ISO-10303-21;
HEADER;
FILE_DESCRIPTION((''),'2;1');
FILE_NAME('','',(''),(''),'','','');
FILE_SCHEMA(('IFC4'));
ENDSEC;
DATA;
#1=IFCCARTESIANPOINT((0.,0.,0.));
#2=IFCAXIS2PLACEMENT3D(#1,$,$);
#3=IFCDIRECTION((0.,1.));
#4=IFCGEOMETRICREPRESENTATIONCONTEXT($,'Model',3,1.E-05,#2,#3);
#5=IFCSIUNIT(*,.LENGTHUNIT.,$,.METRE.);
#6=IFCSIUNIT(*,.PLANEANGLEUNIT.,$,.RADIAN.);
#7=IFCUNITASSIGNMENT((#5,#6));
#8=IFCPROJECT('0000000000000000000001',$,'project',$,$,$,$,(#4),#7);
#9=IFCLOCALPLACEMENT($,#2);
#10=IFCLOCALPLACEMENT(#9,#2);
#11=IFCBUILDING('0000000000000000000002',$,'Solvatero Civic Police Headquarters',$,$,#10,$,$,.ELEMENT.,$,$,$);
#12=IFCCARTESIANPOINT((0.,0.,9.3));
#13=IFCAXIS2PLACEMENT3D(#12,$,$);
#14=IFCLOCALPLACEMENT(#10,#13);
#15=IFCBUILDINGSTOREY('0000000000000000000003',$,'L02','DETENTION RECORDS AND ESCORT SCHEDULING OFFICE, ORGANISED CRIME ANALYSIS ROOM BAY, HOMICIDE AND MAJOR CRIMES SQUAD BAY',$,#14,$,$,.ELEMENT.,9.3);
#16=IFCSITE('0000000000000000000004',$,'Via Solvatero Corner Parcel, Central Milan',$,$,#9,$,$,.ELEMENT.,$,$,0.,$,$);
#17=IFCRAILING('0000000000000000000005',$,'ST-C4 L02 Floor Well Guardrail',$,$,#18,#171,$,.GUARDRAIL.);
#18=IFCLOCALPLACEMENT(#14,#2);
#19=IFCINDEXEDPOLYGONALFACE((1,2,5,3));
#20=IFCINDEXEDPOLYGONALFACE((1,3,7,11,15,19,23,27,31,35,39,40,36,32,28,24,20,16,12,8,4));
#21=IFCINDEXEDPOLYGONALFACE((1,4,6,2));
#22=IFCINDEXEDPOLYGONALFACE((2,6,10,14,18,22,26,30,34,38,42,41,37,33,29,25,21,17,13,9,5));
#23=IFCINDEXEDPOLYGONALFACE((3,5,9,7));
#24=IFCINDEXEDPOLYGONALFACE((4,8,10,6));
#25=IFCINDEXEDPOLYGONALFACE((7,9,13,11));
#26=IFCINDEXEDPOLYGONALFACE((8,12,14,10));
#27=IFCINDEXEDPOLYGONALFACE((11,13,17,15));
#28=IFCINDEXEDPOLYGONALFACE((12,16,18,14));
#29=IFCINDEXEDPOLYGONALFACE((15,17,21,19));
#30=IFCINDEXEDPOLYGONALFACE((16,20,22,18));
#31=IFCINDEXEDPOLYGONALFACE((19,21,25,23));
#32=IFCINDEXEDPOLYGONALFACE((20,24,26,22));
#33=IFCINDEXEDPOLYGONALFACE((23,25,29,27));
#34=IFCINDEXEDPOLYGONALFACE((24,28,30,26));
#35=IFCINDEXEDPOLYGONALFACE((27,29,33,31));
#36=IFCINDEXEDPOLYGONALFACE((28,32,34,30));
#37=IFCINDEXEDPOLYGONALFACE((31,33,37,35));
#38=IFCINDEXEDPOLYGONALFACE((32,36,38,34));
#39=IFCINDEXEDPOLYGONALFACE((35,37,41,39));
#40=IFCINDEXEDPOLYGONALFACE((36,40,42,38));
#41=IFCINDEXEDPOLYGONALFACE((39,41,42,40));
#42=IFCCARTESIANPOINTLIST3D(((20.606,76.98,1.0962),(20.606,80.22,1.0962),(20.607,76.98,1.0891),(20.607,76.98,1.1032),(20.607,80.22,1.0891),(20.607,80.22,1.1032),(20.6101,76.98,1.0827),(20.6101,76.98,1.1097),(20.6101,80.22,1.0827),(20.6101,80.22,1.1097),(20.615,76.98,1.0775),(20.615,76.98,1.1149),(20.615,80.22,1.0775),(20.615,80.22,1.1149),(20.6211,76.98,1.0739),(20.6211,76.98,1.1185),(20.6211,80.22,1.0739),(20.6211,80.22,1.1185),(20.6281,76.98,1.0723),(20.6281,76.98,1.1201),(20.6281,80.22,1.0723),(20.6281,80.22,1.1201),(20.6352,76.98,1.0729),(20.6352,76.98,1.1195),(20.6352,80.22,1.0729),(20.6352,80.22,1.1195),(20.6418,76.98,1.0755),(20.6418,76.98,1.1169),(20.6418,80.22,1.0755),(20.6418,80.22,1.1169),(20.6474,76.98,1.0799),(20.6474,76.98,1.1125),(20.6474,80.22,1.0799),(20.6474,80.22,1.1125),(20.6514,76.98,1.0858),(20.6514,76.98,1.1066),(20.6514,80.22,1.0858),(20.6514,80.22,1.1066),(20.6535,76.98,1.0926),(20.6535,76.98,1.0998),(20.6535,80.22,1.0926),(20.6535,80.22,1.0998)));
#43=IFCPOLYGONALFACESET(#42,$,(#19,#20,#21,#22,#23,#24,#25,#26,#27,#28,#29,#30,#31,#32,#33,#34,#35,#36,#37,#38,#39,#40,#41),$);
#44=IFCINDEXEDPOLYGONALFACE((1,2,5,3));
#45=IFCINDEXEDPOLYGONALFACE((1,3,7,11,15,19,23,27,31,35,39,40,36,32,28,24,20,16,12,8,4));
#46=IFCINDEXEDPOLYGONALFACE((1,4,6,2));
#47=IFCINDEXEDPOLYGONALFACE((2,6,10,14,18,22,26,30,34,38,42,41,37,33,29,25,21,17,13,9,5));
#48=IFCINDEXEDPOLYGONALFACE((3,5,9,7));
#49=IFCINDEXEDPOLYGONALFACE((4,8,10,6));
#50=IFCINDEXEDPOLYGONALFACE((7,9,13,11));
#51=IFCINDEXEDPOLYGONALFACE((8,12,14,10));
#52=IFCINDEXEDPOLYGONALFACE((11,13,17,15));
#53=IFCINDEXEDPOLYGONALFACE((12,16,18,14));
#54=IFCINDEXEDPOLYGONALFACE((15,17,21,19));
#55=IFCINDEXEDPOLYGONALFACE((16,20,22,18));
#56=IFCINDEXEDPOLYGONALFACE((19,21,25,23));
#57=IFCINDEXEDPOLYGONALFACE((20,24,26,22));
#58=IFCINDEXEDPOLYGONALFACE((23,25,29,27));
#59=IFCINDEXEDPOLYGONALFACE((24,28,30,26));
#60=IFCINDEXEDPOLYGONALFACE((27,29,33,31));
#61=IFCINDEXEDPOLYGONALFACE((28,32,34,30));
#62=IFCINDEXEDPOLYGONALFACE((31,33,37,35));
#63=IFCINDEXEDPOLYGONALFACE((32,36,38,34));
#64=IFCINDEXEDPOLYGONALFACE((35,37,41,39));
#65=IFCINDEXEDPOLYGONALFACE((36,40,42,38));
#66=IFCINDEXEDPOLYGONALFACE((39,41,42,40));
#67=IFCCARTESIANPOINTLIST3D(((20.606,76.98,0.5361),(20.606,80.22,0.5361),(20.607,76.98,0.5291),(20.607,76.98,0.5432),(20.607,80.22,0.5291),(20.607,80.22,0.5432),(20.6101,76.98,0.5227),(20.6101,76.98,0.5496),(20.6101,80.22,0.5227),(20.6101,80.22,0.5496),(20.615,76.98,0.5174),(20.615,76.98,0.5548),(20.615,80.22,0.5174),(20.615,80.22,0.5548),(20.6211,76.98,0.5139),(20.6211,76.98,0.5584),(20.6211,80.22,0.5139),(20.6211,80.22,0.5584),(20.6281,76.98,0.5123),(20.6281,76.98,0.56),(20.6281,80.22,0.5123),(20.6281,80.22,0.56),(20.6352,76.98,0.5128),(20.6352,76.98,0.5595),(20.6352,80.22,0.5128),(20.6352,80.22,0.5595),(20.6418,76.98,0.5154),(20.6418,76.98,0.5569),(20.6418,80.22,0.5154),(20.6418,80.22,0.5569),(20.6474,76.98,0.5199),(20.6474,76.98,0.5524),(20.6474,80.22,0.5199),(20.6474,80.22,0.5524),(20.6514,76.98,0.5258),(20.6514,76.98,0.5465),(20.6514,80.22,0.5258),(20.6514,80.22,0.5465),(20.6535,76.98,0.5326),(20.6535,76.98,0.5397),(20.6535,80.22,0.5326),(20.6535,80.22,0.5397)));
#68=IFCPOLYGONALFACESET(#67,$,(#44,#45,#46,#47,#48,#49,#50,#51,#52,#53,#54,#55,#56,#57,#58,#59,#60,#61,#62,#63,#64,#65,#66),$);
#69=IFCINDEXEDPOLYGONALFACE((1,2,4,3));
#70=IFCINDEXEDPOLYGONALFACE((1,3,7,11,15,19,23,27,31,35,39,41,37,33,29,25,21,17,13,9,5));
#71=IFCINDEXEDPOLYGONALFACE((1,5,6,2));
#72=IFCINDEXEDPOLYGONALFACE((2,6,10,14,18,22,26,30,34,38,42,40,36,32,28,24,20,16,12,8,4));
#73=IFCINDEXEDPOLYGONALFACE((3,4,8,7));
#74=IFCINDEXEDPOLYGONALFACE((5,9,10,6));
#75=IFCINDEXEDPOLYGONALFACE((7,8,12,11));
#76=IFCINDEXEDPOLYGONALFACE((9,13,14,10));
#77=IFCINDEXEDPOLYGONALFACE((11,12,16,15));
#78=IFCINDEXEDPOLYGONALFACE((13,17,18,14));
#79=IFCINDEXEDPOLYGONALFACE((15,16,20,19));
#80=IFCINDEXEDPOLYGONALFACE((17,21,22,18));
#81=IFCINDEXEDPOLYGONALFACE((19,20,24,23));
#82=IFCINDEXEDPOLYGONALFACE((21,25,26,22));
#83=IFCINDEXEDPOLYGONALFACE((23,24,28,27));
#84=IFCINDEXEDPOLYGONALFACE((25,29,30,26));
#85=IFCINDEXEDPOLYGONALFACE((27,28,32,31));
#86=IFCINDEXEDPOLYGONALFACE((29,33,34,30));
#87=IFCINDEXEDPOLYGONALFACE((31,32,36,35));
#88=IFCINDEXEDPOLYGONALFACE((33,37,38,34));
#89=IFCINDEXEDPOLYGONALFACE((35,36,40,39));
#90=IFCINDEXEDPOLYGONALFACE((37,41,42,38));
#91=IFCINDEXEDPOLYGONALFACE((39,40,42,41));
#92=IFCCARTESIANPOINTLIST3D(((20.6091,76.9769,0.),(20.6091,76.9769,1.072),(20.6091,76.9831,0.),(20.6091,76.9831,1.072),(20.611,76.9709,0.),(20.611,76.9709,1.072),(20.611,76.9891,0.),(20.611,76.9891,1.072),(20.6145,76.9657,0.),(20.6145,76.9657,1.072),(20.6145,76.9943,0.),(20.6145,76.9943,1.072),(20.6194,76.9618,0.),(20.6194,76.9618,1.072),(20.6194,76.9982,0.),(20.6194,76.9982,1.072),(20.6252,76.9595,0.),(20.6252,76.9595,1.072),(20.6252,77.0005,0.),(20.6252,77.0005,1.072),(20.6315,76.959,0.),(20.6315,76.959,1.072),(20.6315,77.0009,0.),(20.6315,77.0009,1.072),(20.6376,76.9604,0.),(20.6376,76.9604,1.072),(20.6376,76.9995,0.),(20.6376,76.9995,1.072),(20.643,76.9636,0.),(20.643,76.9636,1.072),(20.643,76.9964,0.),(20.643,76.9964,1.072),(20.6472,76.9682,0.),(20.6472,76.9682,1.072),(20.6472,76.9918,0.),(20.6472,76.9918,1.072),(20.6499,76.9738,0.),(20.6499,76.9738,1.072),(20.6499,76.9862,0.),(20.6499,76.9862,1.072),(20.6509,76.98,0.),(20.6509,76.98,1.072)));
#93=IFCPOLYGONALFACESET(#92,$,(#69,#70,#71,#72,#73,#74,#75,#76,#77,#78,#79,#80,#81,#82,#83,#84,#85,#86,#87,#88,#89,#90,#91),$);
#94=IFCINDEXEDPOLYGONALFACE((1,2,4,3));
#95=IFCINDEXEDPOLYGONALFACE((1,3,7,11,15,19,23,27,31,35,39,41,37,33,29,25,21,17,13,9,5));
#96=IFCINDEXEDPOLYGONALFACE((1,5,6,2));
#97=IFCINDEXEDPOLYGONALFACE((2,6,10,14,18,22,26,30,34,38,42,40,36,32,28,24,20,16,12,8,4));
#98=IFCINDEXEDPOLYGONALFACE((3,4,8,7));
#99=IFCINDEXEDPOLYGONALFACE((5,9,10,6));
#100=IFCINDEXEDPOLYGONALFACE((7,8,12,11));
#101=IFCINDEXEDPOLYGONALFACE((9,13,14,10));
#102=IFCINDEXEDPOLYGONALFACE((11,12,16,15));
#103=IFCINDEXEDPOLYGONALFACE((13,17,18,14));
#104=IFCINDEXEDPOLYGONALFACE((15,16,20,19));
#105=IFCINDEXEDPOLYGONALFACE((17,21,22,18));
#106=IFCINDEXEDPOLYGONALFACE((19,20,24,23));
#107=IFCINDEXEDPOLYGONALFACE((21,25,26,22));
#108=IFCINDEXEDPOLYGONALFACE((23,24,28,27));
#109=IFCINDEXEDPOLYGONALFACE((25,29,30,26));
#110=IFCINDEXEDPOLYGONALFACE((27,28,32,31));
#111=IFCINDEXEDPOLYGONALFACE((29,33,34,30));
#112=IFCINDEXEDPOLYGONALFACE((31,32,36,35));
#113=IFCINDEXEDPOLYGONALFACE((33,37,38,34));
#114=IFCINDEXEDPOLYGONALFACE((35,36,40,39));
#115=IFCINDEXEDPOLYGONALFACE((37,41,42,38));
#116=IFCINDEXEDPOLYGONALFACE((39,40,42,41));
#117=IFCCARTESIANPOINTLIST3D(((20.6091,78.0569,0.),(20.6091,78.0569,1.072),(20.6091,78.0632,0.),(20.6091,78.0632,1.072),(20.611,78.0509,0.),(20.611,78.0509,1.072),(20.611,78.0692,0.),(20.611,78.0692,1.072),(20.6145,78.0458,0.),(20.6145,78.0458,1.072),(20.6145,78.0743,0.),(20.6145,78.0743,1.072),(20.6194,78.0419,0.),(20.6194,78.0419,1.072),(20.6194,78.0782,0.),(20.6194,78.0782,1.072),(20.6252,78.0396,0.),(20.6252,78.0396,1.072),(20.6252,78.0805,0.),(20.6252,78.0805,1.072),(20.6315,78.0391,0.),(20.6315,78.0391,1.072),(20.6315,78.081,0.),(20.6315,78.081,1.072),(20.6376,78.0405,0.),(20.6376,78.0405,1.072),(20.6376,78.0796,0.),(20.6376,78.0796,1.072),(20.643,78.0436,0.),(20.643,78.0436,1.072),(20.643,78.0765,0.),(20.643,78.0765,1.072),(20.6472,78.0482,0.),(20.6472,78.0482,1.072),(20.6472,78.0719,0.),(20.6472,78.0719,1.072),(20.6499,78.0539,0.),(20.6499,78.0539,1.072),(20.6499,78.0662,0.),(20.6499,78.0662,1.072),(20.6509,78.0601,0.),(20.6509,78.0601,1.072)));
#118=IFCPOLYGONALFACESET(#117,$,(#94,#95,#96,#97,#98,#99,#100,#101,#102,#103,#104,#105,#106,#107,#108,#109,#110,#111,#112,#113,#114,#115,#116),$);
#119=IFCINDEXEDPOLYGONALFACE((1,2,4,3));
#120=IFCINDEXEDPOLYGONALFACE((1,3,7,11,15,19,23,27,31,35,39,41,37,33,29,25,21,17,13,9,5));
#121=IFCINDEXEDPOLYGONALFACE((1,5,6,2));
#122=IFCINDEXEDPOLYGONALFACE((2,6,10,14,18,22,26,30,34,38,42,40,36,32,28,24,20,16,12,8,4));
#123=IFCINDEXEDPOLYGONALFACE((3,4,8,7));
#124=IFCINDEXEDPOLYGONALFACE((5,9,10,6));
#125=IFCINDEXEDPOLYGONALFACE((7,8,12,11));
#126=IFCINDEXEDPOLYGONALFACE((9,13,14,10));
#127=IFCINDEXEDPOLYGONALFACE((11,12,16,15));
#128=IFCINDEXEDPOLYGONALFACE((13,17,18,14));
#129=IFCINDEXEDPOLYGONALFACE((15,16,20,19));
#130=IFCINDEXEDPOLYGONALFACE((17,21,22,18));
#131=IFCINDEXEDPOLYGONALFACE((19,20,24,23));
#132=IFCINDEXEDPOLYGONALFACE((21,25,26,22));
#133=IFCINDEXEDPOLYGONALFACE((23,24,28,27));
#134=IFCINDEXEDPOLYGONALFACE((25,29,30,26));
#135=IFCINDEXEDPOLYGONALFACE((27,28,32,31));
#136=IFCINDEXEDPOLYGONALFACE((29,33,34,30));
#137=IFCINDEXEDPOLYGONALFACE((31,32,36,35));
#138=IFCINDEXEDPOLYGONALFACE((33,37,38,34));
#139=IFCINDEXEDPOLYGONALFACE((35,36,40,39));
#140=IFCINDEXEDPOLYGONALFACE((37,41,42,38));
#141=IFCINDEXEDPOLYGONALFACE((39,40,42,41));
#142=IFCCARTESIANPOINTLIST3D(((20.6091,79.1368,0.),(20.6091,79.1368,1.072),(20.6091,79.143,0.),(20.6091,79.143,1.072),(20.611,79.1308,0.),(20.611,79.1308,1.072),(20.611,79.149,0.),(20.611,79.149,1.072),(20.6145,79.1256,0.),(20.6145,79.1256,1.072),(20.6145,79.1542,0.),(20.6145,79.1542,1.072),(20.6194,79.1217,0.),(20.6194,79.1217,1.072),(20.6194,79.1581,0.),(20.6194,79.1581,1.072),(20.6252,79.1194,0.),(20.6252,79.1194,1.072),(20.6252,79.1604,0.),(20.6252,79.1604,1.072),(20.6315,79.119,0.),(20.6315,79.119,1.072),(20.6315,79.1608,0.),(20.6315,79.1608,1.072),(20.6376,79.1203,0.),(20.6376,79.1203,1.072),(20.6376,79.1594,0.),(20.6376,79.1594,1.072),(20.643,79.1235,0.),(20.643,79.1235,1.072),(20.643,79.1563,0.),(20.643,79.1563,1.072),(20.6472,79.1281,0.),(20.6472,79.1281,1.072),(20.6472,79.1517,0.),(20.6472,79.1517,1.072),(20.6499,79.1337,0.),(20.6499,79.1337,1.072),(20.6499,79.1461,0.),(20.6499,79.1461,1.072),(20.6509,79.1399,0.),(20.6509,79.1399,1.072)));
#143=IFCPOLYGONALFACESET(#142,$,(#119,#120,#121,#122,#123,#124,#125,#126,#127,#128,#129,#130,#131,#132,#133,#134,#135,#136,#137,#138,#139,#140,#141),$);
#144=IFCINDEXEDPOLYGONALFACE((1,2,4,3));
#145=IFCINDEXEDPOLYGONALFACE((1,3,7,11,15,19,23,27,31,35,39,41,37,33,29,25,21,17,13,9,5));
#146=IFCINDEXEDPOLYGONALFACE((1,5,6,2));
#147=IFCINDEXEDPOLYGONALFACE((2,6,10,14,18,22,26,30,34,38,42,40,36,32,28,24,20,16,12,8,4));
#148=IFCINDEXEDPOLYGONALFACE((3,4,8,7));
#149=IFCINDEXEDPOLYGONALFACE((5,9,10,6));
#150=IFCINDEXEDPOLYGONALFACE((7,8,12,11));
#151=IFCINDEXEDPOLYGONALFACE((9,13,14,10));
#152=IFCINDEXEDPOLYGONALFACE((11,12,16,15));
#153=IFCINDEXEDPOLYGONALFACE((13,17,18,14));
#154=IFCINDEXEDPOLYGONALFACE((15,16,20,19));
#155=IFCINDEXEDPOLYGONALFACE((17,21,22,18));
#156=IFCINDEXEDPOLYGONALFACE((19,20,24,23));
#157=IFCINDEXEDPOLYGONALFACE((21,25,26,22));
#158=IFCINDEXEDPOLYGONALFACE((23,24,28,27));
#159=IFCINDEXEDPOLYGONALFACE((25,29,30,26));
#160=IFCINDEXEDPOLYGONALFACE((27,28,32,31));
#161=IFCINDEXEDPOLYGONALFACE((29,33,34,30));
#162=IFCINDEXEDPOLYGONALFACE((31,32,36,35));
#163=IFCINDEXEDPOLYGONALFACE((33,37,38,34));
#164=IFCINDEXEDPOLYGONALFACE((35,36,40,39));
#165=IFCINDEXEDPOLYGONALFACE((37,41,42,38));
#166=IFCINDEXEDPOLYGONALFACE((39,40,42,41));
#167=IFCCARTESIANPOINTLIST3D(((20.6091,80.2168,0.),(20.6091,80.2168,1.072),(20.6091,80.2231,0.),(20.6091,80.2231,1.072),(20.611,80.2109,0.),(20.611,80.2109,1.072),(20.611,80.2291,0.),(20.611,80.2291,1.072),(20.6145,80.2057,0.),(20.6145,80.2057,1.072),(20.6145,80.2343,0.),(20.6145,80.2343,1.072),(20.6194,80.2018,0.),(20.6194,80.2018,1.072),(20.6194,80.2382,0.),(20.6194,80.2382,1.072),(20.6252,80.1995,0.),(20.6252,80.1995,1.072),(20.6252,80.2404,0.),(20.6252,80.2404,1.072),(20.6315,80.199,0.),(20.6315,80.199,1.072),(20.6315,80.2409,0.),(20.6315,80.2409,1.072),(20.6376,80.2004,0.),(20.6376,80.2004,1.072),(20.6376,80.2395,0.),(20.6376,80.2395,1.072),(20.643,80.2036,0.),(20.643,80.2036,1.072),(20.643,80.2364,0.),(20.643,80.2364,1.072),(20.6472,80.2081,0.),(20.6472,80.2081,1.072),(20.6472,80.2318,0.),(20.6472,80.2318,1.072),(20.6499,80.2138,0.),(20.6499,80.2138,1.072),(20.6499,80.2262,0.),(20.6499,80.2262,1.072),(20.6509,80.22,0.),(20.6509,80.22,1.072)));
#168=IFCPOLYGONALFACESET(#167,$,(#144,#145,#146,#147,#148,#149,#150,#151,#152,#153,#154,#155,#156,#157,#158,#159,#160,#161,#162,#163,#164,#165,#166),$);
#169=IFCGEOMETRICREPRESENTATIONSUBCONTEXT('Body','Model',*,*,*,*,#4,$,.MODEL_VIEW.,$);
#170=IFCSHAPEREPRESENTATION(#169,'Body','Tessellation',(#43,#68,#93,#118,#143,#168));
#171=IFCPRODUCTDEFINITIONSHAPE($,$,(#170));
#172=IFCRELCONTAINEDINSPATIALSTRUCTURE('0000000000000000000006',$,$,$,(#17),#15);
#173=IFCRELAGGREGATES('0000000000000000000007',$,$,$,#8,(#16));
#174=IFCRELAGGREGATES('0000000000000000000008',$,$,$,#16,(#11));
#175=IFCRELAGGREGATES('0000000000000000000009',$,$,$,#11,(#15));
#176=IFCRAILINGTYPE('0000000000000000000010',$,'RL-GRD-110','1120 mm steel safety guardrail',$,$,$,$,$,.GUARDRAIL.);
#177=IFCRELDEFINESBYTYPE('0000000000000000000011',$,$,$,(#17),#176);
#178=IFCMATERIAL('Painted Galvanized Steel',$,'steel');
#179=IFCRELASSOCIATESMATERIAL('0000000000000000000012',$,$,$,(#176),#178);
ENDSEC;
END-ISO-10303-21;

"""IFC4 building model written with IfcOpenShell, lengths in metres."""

from ifc_helpers import new_model, si_unit, direction, frame, origin, origin_2d, place, context, subcontext, project, spatial, circle, extrude, material, type_object, element, save


model = new_model("IFC4")

# Units and contexts
model_context = context("Model", 3, precision=1e-05, world=origin(), true_north=direction((0.0, 1.0)))
body_context = subcontext(model_context, "Body", "Model", "MODEL_VIEW")
ifc_project = project(units=[si_unit("LENGTHUNIT", "METRE"), si_unit("PLANEANGLEUNIT", "RADIAN")], contexts=[model_context])

# Site, building, storey
site_placement = place(None, origin())
site = spatial("IfcSite", under=ifc_project, at=site_placement, Name="Via Solvatero Corner Parcel, Central Milan", CompositionType="ELEMENT", RefElevation=0.0)
building_placement = place(site_placement, origin())
building = spatial("IfcBuilding", under=site, at=building_placement, Name="Solvatero Civic Police Headquarters", CompositionType="ELEMENT")
storey_placement = place(building_placement, frame((0.0, 0.0, 9.3)))
storey = spatial("IfcBuildingStorey", under=building, at=storey_placement, Name="L02", Description="DETENTION RECORDS AND ESCORT SCHEDULING OFFICE, ORGANISED CRIME ANALYSIS ROOM BAY, HOMICIDE AND MAJOR CRIMES SQUAD BAY", CompositionType="ELEMENT", Elevation=9.3)

# Railing
ifc_material_1 = material(Name="Painted Galvanized Steel", Category="steel")
railing_type_1 = type_object("IfcRailingType", Name="RL-GRD-110", Description="1120 mm steel safety guardrail", PredefinedType="GUARDRAIL", material=ifc_material_1)
railing_1_placement = place(storey_placement, frame((20.6299, 76.98, 0.0)))
element("IfcRailing", 1, at=railing_1_placement, inside=storey, type_object=railing_type_1, Name="ST-C4 L02 Floor Well Guardrail", PredefinedType="GUARDRAIL", context=body_context, shape_type="SweptSolid", body=[
    extrude(circle(Radius=0.0239, at=origin_2d()), frame((0.0, 0.0, 1.0962), z_axis=(0.0, 1.0, 0.0), x_axis=(-1.0, 0.0, 0.0)), (0.0, 0.0, 1.0), 3.24),
    extrude(circle(Radius=0.0239, at=origin_2d()), frame((0.0, 0.0, 0.5361), z_axis=(0.0, 1.0, 0.0), x_axis=(-1.0, 0.0, 0.0)), (0.0, 0.0, 1.0), 3.24),
    extrude(circle(Radius=0.021, at=origin_2d()), origin(), (0.0, 0.0, 1.0), 1.072),
    extrude(circle(Radius=0.021, at=origin_2d()), frame((0.0, 1.0801, 0.0)), (0.0, 0.0, 1.0), 1.072),
    extrude(circle(Radius=0.021, at=origin_2d()), frame((0.0, 2.1599, 0.0)), (0.0, 0.0, 1.0), 1.072),
    extrude(circle(Radius=0.021, at=origin_2d()), frame((0.0, 3.24, 0.0)), (0.0, 0.0, 1.0), 1.072),
])

save(model, "model.ifc")
